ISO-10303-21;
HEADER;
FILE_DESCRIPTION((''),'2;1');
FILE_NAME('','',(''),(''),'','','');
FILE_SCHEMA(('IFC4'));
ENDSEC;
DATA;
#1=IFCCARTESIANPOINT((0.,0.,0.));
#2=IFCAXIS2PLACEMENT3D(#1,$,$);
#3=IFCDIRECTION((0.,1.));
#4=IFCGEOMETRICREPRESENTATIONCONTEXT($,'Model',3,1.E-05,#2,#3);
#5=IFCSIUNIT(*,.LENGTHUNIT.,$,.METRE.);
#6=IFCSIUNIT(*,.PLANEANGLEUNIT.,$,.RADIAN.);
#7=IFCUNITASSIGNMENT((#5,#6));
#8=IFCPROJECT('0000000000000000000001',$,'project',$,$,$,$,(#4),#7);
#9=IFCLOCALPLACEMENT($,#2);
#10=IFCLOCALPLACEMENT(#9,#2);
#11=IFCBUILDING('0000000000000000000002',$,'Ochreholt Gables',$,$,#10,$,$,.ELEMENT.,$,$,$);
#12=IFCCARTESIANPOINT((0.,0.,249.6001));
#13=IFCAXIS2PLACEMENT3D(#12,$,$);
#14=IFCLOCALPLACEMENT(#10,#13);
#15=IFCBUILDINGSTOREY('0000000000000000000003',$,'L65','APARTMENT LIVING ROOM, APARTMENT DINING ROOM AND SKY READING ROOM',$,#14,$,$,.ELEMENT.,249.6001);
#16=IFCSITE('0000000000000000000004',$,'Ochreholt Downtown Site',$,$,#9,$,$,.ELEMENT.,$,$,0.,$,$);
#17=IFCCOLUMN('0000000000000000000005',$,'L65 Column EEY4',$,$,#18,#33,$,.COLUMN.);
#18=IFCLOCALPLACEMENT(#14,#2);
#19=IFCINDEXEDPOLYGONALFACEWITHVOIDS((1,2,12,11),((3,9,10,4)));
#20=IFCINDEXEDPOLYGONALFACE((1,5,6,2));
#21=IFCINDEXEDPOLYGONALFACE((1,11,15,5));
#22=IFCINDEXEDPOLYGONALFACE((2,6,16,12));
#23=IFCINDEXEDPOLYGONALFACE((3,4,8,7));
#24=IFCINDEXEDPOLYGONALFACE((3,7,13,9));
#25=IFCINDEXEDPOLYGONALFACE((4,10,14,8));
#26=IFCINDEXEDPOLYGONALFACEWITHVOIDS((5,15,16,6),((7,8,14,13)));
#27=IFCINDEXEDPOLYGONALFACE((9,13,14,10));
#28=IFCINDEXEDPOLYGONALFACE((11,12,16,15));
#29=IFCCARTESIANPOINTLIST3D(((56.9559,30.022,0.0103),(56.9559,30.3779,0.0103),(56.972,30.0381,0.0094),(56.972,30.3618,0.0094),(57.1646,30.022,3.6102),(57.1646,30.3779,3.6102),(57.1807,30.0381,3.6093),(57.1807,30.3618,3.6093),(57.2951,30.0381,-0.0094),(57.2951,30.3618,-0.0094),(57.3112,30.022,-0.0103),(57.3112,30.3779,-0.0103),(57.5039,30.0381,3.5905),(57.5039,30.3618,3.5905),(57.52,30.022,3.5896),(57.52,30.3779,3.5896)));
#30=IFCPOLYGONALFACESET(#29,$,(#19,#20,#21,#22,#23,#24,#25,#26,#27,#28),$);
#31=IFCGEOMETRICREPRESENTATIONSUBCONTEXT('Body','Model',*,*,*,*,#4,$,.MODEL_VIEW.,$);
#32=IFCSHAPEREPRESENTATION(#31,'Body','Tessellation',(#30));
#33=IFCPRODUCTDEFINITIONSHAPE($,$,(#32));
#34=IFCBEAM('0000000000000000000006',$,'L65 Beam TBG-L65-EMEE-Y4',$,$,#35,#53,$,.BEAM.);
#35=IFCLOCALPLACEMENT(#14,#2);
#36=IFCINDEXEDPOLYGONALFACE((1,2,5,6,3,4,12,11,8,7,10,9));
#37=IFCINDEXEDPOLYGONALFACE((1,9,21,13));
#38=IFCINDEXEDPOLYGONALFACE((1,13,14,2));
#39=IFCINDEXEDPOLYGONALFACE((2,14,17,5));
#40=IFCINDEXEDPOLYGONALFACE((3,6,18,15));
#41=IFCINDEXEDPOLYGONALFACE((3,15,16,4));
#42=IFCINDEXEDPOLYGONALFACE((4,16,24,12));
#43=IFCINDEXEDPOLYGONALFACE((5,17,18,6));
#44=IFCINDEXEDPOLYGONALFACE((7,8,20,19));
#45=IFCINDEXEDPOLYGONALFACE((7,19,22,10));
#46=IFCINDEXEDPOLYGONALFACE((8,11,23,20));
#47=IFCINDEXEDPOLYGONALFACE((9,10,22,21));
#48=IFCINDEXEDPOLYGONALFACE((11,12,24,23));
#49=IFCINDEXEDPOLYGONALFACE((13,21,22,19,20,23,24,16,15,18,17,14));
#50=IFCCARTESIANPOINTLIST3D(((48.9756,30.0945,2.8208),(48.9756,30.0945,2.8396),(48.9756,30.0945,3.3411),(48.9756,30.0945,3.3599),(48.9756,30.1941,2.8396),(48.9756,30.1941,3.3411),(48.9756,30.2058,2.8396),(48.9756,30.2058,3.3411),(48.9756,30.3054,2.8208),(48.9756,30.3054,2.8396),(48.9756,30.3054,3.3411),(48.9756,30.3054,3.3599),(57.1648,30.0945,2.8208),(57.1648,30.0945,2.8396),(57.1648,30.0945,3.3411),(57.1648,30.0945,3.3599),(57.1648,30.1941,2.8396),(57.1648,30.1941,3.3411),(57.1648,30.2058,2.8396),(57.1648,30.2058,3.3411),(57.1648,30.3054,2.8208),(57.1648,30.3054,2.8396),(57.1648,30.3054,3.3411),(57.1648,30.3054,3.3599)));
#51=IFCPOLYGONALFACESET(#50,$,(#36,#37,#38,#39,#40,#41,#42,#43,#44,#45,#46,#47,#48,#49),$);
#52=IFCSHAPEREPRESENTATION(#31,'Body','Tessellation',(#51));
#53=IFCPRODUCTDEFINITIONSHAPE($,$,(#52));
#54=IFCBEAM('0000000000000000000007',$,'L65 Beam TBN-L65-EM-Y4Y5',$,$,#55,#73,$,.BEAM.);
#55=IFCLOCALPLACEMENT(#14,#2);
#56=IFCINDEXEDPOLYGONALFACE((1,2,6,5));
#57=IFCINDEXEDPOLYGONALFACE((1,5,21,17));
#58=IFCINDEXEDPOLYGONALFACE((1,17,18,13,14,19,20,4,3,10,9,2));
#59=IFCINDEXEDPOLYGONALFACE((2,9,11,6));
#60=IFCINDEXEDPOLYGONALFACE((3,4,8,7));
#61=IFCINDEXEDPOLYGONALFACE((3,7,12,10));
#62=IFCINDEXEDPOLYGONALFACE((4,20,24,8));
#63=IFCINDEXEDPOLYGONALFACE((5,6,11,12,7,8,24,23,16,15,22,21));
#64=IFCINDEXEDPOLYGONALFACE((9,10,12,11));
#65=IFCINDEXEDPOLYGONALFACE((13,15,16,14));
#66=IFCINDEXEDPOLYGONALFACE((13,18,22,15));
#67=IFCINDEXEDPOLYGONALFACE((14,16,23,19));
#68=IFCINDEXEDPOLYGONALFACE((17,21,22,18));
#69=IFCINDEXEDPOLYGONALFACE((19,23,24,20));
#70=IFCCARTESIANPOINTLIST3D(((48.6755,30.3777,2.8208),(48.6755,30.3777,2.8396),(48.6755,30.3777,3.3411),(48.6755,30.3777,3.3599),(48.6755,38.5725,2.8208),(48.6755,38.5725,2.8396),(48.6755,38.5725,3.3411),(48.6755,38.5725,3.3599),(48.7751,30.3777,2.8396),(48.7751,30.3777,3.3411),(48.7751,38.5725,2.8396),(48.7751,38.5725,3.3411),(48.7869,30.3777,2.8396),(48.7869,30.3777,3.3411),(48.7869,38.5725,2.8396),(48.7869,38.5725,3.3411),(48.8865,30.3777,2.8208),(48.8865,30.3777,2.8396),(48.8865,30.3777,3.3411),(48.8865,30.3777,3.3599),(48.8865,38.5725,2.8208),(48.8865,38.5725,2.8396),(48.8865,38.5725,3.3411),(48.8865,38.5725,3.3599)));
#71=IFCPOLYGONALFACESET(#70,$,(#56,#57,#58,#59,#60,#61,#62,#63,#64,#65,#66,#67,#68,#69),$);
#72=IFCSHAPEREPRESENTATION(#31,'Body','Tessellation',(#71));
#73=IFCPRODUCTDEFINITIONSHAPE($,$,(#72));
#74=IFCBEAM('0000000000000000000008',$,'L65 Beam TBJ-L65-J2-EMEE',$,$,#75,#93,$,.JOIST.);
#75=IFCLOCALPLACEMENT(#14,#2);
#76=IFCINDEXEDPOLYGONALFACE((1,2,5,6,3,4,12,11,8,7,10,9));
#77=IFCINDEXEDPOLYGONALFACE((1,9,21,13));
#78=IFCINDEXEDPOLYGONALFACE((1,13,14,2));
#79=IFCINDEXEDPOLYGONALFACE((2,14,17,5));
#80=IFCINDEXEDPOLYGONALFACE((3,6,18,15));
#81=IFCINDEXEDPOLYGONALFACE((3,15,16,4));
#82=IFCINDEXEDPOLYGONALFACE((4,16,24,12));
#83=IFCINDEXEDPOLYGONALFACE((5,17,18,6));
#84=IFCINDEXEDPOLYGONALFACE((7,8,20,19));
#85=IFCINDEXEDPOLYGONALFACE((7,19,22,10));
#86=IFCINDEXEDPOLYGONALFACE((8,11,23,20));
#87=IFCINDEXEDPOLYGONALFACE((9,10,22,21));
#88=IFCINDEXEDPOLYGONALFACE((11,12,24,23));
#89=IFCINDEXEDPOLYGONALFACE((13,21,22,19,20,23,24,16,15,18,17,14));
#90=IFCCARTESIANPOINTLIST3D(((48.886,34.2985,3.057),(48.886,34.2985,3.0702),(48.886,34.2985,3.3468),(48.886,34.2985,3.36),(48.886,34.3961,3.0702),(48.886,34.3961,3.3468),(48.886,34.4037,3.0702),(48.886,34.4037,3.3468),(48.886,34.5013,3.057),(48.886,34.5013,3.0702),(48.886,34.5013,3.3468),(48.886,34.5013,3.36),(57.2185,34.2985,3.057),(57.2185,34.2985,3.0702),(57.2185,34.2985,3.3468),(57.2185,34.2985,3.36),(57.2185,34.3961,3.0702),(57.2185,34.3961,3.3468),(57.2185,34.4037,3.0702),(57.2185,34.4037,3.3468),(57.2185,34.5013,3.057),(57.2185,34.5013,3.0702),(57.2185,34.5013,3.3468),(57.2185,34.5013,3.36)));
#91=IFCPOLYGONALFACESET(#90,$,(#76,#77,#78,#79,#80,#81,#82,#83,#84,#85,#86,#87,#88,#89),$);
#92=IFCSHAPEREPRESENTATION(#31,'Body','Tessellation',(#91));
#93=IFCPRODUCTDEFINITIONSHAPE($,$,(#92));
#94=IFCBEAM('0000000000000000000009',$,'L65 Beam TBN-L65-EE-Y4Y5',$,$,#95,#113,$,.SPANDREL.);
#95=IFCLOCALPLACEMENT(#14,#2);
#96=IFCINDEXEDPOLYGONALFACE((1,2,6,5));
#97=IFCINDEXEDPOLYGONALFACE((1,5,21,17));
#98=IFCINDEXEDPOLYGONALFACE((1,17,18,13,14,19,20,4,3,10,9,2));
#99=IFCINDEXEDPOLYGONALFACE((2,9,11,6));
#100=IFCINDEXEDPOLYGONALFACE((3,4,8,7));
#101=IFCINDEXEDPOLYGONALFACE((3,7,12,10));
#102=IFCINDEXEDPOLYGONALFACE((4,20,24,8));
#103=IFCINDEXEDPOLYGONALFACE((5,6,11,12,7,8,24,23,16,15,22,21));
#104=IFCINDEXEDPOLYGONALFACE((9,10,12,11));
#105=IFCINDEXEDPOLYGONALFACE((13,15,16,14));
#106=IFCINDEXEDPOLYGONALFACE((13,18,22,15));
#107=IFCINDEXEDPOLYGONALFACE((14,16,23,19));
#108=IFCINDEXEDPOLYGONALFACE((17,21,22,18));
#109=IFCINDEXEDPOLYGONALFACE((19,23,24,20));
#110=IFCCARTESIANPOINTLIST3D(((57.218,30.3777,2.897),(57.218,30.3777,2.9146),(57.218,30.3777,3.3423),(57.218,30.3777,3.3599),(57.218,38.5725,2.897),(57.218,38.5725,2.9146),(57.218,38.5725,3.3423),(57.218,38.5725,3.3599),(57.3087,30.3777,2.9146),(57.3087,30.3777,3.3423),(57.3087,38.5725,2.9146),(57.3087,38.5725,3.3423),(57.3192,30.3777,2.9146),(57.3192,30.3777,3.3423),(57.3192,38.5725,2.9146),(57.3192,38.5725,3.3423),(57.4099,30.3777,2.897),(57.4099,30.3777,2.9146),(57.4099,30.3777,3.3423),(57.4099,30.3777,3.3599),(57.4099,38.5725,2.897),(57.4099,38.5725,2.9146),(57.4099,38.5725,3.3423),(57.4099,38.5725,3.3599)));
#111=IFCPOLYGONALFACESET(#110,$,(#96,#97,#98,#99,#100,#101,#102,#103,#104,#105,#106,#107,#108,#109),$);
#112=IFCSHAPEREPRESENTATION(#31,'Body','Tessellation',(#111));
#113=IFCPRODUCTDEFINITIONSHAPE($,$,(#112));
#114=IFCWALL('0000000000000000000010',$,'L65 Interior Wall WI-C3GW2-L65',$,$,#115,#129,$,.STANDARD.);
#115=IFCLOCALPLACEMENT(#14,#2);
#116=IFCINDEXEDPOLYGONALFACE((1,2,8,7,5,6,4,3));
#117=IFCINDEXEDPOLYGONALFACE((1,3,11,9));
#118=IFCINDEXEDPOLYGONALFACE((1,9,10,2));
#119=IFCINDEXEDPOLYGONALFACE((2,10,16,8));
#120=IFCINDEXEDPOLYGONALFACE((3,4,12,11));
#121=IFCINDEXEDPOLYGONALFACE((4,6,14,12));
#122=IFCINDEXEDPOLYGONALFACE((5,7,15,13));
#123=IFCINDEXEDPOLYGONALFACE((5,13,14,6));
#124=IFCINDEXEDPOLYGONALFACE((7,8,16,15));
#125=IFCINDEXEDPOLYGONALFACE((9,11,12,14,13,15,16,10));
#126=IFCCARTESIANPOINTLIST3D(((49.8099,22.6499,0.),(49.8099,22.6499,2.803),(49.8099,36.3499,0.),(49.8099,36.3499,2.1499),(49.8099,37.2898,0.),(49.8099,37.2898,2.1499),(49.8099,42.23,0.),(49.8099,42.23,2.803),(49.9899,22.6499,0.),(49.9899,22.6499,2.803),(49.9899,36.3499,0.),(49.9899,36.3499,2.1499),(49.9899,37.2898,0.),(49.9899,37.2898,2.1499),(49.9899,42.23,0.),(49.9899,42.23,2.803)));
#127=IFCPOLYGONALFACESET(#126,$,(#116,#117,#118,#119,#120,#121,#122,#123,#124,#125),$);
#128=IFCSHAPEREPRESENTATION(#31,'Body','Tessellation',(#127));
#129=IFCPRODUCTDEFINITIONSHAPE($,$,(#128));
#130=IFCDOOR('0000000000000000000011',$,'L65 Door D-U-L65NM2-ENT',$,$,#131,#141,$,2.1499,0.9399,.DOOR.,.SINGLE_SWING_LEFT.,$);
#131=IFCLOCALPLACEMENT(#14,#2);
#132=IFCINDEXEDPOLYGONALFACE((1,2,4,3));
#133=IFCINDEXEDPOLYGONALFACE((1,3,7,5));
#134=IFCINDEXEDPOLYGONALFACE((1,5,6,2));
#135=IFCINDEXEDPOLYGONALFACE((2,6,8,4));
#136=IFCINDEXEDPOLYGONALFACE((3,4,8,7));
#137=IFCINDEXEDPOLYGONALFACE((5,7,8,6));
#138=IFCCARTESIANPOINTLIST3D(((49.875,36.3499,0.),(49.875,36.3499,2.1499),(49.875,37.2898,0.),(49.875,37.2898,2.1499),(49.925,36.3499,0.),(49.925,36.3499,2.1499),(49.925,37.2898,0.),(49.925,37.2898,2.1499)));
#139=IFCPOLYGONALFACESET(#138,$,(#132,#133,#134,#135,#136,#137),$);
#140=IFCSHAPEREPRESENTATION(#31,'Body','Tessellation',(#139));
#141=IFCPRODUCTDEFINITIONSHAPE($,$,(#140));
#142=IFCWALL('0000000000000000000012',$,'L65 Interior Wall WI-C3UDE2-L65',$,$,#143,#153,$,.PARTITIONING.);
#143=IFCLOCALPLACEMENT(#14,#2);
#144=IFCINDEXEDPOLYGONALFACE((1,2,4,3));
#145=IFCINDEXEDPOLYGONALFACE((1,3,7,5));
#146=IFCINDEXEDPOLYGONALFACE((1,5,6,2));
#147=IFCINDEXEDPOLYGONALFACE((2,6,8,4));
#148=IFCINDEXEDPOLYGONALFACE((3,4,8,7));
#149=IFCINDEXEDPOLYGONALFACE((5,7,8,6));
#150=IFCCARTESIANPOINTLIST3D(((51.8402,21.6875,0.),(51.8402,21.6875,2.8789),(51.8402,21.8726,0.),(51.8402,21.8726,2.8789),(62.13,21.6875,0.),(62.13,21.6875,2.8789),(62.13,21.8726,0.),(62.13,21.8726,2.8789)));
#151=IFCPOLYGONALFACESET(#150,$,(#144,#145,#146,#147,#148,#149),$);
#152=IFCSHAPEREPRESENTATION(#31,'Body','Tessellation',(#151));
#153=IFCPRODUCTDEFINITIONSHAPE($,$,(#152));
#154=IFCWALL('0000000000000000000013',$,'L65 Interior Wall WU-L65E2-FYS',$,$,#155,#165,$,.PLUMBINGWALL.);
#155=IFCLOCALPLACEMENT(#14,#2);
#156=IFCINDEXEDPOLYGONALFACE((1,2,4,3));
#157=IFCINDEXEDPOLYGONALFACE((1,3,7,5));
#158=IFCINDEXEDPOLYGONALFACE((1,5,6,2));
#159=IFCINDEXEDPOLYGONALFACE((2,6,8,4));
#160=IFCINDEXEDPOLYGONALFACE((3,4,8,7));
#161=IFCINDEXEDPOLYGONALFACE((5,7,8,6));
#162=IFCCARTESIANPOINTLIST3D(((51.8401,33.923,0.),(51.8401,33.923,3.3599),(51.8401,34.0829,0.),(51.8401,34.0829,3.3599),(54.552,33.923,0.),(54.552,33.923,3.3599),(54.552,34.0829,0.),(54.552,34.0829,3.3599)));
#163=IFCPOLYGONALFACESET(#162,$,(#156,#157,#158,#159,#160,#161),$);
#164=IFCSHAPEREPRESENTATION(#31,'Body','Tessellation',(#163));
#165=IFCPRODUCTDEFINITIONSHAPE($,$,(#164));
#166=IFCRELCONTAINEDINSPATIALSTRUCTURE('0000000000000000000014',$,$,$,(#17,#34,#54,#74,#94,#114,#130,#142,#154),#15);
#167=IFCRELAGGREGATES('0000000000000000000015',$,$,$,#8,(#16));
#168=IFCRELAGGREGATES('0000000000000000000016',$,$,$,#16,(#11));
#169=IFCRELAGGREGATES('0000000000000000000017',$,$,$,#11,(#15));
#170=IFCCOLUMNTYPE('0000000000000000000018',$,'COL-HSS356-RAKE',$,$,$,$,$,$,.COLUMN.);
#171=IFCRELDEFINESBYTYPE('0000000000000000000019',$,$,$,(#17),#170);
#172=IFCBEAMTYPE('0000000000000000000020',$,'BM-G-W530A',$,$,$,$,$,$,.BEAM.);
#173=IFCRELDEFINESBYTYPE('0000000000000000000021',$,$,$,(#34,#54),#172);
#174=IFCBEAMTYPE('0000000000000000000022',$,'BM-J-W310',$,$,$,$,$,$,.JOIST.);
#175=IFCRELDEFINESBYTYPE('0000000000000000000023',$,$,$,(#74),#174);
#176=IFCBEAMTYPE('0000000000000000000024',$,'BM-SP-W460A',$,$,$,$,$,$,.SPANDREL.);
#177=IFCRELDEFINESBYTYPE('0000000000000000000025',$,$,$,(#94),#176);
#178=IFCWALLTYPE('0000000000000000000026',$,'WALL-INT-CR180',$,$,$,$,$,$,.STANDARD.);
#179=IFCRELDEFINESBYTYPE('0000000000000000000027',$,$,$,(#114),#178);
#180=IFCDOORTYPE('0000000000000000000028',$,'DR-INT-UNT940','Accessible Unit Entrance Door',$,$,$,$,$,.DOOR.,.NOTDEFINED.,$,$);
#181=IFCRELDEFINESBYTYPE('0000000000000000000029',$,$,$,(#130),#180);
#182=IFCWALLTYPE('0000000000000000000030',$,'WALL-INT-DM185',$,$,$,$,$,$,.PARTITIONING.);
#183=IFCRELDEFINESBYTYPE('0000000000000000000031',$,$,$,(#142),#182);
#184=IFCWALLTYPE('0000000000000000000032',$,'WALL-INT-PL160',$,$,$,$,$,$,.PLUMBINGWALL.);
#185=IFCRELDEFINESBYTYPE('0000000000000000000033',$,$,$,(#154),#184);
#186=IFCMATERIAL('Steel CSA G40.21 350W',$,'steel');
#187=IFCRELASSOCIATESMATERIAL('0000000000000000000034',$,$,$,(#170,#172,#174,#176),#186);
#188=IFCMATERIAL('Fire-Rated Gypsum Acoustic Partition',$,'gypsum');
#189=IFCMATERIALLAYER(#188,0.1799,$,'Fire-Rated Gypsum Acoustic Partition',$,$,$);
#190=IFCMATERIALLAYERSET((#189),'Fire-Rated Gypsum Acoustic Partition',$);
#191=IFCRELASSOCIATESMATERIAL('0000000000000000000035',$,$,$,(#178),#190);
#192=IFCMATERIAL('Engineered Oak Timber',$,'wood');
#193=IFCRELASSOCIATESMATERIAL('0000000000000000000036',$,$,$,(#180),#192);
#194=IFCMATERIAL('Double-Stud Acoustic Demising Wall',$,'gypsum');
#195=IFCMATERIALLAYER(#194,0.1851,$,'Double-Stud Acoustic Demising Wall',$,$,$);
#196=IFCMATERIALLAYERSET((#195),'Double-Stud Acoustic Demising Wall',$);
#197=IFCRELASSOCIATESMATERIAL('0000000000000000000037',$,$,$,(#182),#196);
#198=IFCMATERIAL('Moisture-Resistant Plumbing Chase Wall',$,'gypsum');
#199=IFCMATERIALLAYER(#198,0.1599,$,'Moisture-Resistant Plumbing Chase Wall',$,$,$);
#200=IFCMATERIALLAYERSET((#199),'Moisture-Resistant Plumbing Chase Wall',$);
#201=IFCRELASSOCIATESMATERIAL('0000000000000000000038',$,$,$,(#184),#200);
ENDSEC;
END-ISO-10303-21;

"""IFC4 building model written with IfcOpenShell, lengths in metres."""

from ifc_helpers import new_model, si_unit, direction, frame, frame_2d, origin, origin_2d, place, context, subcontext, project, spatial, rectangle, hollow_rectangle, i_section, extrude, material, layer, layer_set, material_profile, profile_set, type_object, element, fill, save


model = new_model("IFC4")

# Units and contexts
model_context = context("Model", 3, precision=1e-05, world=origin(), true_north=direction((0.0, 1.0)))
body_context = subcontext(model_context, "Body", "Model", "MODEL_VIEW")
ifc_project = project(units=[si_unit("LENGTHUNIT", "METRE"), si_unit("PLANEANGLEUNIT", "RADIAN")], contexts=[model_context])

# Site, building, storey
site_placement = place(None, origin())
site = spatial("IfcSite", under=ifc_project, at=site_placement, Name="Ochreholt Downtown Site", CompositionType="ELEMENT", RefElevation=0.0)
building_placement = place(site_placement, origin())
building = spatial("IfcBuilding", under=site, at=building_placement, Name="Ochreholt Gables", CompositionType="ELEMENT")
storey_placement = place(building_placement, frame((0.0, 0.0, 249.6001)))
storey = spatial("IfcBuildingStorey", under=building, at=storey_placement, Name="L65", Description="APARTMENT LIVING ROOM, APARTMENT DINING ROOM AND SKY READING ROOM", CompositionType="ELEMENT", Elevation=249.6001)

# Column
ifc_material_1 = material(Name="Steel CSA G40.21 350W", Category="steel")
ifc_material_profile_1 = material_profile(ifc_material_1, hollow_rectangle(XDim=0.356, YDim=0.356, WallThickness=0.0161, at=origin_2d()), Name="HSS356X356X16")
ifc_profile_set_1 = profile_set([ifc_material_profile_1], Name="Steel CSA G40.21 350W")
column_type = type_object("IfcColumnType", Name="COL-HSS356-RAKE", PredefinedType="COLUMN", material=ifc_profile_set_1)
column_placement = place(storey_placement, frame((57.1335, 30.2, 0.0), z_axis=(0.057889, 0.0, 0.998323), x_axis=(0.0, 1.0, 0.0)))
element("IfcColumn", 1, at=column_placement, inside=storey, type_object=column_type, Name="L65 Column EEY4", PredefinedType="COLUMN", context=body_context, shape_type="SweptSolid", body=[
    extrude(hollow_rectangle(XDim=0.356, YDim=0.356, WallThickness=0.0161, at=origin_2d()), origin(), (0.0, 0.0, 1.0), 3.606),
])

# Beams
ifc_material_profile_2 = material_profile(ifc_material_1, i_section(OverallWidth=0.2109, OverallDepth=0.5391, WebThickness=0.0117, FlangeThickness=0.0188, at=origin_2d()), Name="W530X109")
ifc_profile_set_2 = profile_set([ifc_material_profile_2], Name="Steel CSA G40.21 350W")
beam_type_1 = type_object("IfcBeamType", Name="BM-G-W530A", PredefinedType="BEAM", material=ifc_profile_set_2)
beam_1_placement = place(storey_placement, frame((48.9756, 30.2, 3.0903), z_axis=(1.0, 0.0, 0.0), x_axis=(0.0, 1.0, 0.0)))
element("IfcBeam", 2, at=beam_1_placement, inside=storey, type_object=beam_type_1, Name="L65 Beam TBG-L65-EMEE-Y4", PredefinedType="BEAM", context=body_context, shape_type="SweptSolid", body=[
    extrude(i_section(OverallWidth=0.2109, OverallDepth=0.5391, WebThickness=0.0117, FlangeThickness=0.0188, at=origin_2d()), origin(), (0.0, 0.0, 1.0), 8.1892),
])
beam_2_placement = place(storey_placement, frame((48.781, 30.3777, 3.0903), z_axis=(0.0, 1.0, 0.0), x_axis=(-1.0, 0.0, 0.0)))
element("IfcBeam", 3, at=beam_2_placement, inside=storey, type_object=beam_type_1, Name="L65 Beam TBN-L65-EM-Y4Y5", PredefinedType="BEAM", context=body_context, shape_type="SweptSolid", body=[
    extrude(i_section(OverallWidth=0.2109, OverallDepth=0.5391, WebThickness=0.0117, FlangeThickness=0.0188, at=origin_2d()), origin(), (0.0, 0.0, 1.0), 8.1948),
])
ifc_material_profile_3 = material_profile(ifc_material_1, i_section(OverallWidth=0.2029, OverallDepth=0.303, WebThickness=0.0076, FlangeThickness=0.0132, at=origin_2d()), Name="W310X60")
ifc_profile_set_3 = profile_set([ifc_material_profile_3], Name="Steel CSA G40.21 350W")
beam_type_2 = type_object("IfcBeamType", Name="BM-J-W310", PredefinedType="JOIST", material=ifc_profile_set_3)
beam_3_placement = place(storey_placement, frame((48.886, 34.3999, 3.2085), z_axis=(1.0, 0.0, 0.0), x_axis=(0.0, 1.0, 0.0)))
element("IfcBeam", 4, at=beam_3_placement, inside=storey, type_object=beam_type_2, Name="L65 Beam TBJ-L65-J2-EMEE", PredefinedType="JOIST", context=body_context, shape_type="SweptSolid", body=[
    extrude(i_section(OverallWidth=0.2029, OverallDepth=0.303, WebThickness=0.0076, FlangeThickness=0.0132, at=origin_2d()), origin(), (0.0, 0.0, 1.0), 8.3325),
])
ifc_material_profile_4 = material_profile(ifc_material_1, i_section(OverallWidth=0.1919, OverallDepth=0.4629, WebThickness=0.0105, FlangeThickness=0.0176, at=origin_2d()), Name="W460X89")
ifc_profile_set_4 = profile_set([ifc_material_profile_4], Name="Steel CSA G40.21 350W")
beam_type_3 = type_object("IfcBeamType", Name="BM-SP-W460A", PredefinedType="SPANDREL", material=ifc_profile_set_4)
beam_4_placement = place(storey_placement, frame((57.314, 30.3777, 3.1284), z_axis=(0.0, 1.0, 0.0), x_axis=(-1.0, 0.0, 0.0)))
element("IfcBeam", 5, at=beam_4_placement, inside=storey, type_object=beam_type_3, Name="L65 Beam TBN-L65-EE-Y4Y5", PredefinedType="SPANDREL", context=body_context, shape_type="SweptSolid", body=[
    extrude(i_section(OverallWidth=0.1919, OverallDepth=0.4629, WebThickness=0.0105, FlangeThickness=0.0176, at=origin_2d()), origin(), (0.0, 0.0, 1.0), 8.1948),
])

# Wall, opening, door
ifc_material_2 = material(Name="Fire-Rated Gypsum Acoustic Partition", Category="gypsum")
ifc_layer_1 = layer(ifc_material_2, 0.1799, Name="Fire-Rated Gypsum Acoustic Partition")
ifc_layer_set_1 = layer_set([ifc_layer_1], Name="Fire-Rated Gypsum Acoustic Partition")
wall_type_1 = type_object("IfcWallType", Name="WALL-INT-CR180", PredefinedType="STANDARD", material=ifc_layer_set_1)
wall_1_placement = place(storey_placement, frame((49.8999, 22.6499, 0.0), z_axis=(0.0, 0.0, 1.0), x_axis=(0.0, 1.0, 0.0)))
wall_1 = element("IfcWall", 6, at=wall_1_placement, inside=storey, type_object=wall_type_1, Name="L65 Interior Wall WI-C3GW2-L65", PredefinedType="STANDARD", context=body_context, shape_type="SweptSolid", body=[
    extrude(rectangle(XDim=19.5801, YDim=0.1799, at=frame_2d((9.79, 0.0))), origin(), (0.0, 0.0, 1.0), 2.803),
])
opening_1_placement = place(wall_1_placement, frame((13.7, 0.0, 0.0)))
opening_1 = element("IfcOpeningElement", 7, at=opening_1_placement, cuts=wall_1, PredefinedType="OPENING", context=body_context, shape_type="SweptSolid", body=[
    extrude(rectangle(XDim=0.9399, YDim=2.1499, at=frame_2d((0.47, 1.075))), frame((0.0, 0.0999, 0.0), z_axis=(0.0, -1.0, 0.0), x_axis=(1.0, 0.0, 0.0)), (0.0, 0.0, 1.0), 0.2),
])
ifc_material_3 = material(Name="Engineered Oak Timber", Category="wood")
door_type_1 = type_object("IfcDoorType", Name="DR-INT-UNT940", Description="Accessible Unit Entrance Door", OperationType="NOTDEFINED", PredefinedType="DOOR", material=ifc_material_3)
door_1_placement = place(opening_1_placement, origin())
door_1 = element("IfcDoor", 8, at=door_1_placement, inside=storey, type_object=door_type_1, Name="L65 Door D-U-L65NM2-ENT", OperationType="SINGLE_SWING_LEFT", OverallHeight=2.1499, OverallWidth=0.9399, PredefinedType="DOOR", context=body_context, shape_type="SweptSolid", body=[
    extrude(rectangle(XDim=0.9399, YDim=2.1499, at=frame_2d((0.47, 1.075))), frame((0.0, 0.0249, 0.0), z_axis=(0.0, -1.0, 0.0), x_axis=(1.0, 0.0, 0.0)), (0.0, 0.0, 1.0), 0.05),
])
fill(opening_1, door_1)

# Walls
ifc_material_4 = material(Name="Double-Stud Acoustic Demising Wall", Category="gypsum")
ifc_layer_2 = layer(ifc_material_4, 0.1851, Name="Double-Stud Acoustic Demising Wall")
ifc_layer_set_2 = layer_set([ifc_layer_2], Name="Double-Stud Acoustic Demising Wall")
wall_type_2 = type_object("IfcWallType", Name="WALL-INT-DM185", PredefinedType="PARTITIONING", material=ifc_layer_set_2)
wall_2_placement = place(storey_placement, frame((51.8401, 21.78, 0.0), z_axis=(0.0, 0.0, 1.0), x_axis=(1.0, 0.0, 0.0)))
element("IfcWall", 9, at=wall_2_placement, inside=storey, type_object=wall_type_2, Name="L65 Interior Wall WI-C3UDE2-L65", PredefinedType="PARTITIONING", context=body_context, shape_type="SweptSolid", body=[
    extrude(rectangle(XDim=10.2898, YDim=0.1851, at=frame_2d((5.145, 0.0))), origin(), (0.0, 0.0, 1.0), 2.8789),
])
ifc_material_5 = material(Name="Moisture-Resistant Plumbing Chase Wall", Category="gypsum")
ifc_layer_3 = layer(ifc_material_5, 0.1599, Name="Moisture-Resistant Plumbing Chase Wall")
ifc_layer_set_3 = layer_set([ifc_layer_3], Name="Moisture-Resistant Plumbing Chase Wall")
wall_type_3 = type_object("IfcWallType", Name="WALL-INT-PL160", PredefinedType="PLUMBINGWALL", material=ifc_layer_set_3)
wall_3_placement = place(storey_placement, frame((51.8401, 34.0029, 0.0), z_axis=(0.0, 0.0, 1.0), x_axis=(1.0, 0.0, 0.0)))
element("IfcWall", 10, at=wall_3_placement, inside=storey, type_object=wall_type_3, Name="L65 Interior Wall WU-L65E2-FYS", PredefinedType="PLUMBINGWALL", context=body_context, shape_type="SweptSolid", body=[
    extrude(rectangle(XDim=2.7119, YDim=0.1599, at=frame_2d((1.356, 0.0))), origin(), (0.0, 0.0, 1.0), 3.3599),
])

save(model, "model.ifc")
